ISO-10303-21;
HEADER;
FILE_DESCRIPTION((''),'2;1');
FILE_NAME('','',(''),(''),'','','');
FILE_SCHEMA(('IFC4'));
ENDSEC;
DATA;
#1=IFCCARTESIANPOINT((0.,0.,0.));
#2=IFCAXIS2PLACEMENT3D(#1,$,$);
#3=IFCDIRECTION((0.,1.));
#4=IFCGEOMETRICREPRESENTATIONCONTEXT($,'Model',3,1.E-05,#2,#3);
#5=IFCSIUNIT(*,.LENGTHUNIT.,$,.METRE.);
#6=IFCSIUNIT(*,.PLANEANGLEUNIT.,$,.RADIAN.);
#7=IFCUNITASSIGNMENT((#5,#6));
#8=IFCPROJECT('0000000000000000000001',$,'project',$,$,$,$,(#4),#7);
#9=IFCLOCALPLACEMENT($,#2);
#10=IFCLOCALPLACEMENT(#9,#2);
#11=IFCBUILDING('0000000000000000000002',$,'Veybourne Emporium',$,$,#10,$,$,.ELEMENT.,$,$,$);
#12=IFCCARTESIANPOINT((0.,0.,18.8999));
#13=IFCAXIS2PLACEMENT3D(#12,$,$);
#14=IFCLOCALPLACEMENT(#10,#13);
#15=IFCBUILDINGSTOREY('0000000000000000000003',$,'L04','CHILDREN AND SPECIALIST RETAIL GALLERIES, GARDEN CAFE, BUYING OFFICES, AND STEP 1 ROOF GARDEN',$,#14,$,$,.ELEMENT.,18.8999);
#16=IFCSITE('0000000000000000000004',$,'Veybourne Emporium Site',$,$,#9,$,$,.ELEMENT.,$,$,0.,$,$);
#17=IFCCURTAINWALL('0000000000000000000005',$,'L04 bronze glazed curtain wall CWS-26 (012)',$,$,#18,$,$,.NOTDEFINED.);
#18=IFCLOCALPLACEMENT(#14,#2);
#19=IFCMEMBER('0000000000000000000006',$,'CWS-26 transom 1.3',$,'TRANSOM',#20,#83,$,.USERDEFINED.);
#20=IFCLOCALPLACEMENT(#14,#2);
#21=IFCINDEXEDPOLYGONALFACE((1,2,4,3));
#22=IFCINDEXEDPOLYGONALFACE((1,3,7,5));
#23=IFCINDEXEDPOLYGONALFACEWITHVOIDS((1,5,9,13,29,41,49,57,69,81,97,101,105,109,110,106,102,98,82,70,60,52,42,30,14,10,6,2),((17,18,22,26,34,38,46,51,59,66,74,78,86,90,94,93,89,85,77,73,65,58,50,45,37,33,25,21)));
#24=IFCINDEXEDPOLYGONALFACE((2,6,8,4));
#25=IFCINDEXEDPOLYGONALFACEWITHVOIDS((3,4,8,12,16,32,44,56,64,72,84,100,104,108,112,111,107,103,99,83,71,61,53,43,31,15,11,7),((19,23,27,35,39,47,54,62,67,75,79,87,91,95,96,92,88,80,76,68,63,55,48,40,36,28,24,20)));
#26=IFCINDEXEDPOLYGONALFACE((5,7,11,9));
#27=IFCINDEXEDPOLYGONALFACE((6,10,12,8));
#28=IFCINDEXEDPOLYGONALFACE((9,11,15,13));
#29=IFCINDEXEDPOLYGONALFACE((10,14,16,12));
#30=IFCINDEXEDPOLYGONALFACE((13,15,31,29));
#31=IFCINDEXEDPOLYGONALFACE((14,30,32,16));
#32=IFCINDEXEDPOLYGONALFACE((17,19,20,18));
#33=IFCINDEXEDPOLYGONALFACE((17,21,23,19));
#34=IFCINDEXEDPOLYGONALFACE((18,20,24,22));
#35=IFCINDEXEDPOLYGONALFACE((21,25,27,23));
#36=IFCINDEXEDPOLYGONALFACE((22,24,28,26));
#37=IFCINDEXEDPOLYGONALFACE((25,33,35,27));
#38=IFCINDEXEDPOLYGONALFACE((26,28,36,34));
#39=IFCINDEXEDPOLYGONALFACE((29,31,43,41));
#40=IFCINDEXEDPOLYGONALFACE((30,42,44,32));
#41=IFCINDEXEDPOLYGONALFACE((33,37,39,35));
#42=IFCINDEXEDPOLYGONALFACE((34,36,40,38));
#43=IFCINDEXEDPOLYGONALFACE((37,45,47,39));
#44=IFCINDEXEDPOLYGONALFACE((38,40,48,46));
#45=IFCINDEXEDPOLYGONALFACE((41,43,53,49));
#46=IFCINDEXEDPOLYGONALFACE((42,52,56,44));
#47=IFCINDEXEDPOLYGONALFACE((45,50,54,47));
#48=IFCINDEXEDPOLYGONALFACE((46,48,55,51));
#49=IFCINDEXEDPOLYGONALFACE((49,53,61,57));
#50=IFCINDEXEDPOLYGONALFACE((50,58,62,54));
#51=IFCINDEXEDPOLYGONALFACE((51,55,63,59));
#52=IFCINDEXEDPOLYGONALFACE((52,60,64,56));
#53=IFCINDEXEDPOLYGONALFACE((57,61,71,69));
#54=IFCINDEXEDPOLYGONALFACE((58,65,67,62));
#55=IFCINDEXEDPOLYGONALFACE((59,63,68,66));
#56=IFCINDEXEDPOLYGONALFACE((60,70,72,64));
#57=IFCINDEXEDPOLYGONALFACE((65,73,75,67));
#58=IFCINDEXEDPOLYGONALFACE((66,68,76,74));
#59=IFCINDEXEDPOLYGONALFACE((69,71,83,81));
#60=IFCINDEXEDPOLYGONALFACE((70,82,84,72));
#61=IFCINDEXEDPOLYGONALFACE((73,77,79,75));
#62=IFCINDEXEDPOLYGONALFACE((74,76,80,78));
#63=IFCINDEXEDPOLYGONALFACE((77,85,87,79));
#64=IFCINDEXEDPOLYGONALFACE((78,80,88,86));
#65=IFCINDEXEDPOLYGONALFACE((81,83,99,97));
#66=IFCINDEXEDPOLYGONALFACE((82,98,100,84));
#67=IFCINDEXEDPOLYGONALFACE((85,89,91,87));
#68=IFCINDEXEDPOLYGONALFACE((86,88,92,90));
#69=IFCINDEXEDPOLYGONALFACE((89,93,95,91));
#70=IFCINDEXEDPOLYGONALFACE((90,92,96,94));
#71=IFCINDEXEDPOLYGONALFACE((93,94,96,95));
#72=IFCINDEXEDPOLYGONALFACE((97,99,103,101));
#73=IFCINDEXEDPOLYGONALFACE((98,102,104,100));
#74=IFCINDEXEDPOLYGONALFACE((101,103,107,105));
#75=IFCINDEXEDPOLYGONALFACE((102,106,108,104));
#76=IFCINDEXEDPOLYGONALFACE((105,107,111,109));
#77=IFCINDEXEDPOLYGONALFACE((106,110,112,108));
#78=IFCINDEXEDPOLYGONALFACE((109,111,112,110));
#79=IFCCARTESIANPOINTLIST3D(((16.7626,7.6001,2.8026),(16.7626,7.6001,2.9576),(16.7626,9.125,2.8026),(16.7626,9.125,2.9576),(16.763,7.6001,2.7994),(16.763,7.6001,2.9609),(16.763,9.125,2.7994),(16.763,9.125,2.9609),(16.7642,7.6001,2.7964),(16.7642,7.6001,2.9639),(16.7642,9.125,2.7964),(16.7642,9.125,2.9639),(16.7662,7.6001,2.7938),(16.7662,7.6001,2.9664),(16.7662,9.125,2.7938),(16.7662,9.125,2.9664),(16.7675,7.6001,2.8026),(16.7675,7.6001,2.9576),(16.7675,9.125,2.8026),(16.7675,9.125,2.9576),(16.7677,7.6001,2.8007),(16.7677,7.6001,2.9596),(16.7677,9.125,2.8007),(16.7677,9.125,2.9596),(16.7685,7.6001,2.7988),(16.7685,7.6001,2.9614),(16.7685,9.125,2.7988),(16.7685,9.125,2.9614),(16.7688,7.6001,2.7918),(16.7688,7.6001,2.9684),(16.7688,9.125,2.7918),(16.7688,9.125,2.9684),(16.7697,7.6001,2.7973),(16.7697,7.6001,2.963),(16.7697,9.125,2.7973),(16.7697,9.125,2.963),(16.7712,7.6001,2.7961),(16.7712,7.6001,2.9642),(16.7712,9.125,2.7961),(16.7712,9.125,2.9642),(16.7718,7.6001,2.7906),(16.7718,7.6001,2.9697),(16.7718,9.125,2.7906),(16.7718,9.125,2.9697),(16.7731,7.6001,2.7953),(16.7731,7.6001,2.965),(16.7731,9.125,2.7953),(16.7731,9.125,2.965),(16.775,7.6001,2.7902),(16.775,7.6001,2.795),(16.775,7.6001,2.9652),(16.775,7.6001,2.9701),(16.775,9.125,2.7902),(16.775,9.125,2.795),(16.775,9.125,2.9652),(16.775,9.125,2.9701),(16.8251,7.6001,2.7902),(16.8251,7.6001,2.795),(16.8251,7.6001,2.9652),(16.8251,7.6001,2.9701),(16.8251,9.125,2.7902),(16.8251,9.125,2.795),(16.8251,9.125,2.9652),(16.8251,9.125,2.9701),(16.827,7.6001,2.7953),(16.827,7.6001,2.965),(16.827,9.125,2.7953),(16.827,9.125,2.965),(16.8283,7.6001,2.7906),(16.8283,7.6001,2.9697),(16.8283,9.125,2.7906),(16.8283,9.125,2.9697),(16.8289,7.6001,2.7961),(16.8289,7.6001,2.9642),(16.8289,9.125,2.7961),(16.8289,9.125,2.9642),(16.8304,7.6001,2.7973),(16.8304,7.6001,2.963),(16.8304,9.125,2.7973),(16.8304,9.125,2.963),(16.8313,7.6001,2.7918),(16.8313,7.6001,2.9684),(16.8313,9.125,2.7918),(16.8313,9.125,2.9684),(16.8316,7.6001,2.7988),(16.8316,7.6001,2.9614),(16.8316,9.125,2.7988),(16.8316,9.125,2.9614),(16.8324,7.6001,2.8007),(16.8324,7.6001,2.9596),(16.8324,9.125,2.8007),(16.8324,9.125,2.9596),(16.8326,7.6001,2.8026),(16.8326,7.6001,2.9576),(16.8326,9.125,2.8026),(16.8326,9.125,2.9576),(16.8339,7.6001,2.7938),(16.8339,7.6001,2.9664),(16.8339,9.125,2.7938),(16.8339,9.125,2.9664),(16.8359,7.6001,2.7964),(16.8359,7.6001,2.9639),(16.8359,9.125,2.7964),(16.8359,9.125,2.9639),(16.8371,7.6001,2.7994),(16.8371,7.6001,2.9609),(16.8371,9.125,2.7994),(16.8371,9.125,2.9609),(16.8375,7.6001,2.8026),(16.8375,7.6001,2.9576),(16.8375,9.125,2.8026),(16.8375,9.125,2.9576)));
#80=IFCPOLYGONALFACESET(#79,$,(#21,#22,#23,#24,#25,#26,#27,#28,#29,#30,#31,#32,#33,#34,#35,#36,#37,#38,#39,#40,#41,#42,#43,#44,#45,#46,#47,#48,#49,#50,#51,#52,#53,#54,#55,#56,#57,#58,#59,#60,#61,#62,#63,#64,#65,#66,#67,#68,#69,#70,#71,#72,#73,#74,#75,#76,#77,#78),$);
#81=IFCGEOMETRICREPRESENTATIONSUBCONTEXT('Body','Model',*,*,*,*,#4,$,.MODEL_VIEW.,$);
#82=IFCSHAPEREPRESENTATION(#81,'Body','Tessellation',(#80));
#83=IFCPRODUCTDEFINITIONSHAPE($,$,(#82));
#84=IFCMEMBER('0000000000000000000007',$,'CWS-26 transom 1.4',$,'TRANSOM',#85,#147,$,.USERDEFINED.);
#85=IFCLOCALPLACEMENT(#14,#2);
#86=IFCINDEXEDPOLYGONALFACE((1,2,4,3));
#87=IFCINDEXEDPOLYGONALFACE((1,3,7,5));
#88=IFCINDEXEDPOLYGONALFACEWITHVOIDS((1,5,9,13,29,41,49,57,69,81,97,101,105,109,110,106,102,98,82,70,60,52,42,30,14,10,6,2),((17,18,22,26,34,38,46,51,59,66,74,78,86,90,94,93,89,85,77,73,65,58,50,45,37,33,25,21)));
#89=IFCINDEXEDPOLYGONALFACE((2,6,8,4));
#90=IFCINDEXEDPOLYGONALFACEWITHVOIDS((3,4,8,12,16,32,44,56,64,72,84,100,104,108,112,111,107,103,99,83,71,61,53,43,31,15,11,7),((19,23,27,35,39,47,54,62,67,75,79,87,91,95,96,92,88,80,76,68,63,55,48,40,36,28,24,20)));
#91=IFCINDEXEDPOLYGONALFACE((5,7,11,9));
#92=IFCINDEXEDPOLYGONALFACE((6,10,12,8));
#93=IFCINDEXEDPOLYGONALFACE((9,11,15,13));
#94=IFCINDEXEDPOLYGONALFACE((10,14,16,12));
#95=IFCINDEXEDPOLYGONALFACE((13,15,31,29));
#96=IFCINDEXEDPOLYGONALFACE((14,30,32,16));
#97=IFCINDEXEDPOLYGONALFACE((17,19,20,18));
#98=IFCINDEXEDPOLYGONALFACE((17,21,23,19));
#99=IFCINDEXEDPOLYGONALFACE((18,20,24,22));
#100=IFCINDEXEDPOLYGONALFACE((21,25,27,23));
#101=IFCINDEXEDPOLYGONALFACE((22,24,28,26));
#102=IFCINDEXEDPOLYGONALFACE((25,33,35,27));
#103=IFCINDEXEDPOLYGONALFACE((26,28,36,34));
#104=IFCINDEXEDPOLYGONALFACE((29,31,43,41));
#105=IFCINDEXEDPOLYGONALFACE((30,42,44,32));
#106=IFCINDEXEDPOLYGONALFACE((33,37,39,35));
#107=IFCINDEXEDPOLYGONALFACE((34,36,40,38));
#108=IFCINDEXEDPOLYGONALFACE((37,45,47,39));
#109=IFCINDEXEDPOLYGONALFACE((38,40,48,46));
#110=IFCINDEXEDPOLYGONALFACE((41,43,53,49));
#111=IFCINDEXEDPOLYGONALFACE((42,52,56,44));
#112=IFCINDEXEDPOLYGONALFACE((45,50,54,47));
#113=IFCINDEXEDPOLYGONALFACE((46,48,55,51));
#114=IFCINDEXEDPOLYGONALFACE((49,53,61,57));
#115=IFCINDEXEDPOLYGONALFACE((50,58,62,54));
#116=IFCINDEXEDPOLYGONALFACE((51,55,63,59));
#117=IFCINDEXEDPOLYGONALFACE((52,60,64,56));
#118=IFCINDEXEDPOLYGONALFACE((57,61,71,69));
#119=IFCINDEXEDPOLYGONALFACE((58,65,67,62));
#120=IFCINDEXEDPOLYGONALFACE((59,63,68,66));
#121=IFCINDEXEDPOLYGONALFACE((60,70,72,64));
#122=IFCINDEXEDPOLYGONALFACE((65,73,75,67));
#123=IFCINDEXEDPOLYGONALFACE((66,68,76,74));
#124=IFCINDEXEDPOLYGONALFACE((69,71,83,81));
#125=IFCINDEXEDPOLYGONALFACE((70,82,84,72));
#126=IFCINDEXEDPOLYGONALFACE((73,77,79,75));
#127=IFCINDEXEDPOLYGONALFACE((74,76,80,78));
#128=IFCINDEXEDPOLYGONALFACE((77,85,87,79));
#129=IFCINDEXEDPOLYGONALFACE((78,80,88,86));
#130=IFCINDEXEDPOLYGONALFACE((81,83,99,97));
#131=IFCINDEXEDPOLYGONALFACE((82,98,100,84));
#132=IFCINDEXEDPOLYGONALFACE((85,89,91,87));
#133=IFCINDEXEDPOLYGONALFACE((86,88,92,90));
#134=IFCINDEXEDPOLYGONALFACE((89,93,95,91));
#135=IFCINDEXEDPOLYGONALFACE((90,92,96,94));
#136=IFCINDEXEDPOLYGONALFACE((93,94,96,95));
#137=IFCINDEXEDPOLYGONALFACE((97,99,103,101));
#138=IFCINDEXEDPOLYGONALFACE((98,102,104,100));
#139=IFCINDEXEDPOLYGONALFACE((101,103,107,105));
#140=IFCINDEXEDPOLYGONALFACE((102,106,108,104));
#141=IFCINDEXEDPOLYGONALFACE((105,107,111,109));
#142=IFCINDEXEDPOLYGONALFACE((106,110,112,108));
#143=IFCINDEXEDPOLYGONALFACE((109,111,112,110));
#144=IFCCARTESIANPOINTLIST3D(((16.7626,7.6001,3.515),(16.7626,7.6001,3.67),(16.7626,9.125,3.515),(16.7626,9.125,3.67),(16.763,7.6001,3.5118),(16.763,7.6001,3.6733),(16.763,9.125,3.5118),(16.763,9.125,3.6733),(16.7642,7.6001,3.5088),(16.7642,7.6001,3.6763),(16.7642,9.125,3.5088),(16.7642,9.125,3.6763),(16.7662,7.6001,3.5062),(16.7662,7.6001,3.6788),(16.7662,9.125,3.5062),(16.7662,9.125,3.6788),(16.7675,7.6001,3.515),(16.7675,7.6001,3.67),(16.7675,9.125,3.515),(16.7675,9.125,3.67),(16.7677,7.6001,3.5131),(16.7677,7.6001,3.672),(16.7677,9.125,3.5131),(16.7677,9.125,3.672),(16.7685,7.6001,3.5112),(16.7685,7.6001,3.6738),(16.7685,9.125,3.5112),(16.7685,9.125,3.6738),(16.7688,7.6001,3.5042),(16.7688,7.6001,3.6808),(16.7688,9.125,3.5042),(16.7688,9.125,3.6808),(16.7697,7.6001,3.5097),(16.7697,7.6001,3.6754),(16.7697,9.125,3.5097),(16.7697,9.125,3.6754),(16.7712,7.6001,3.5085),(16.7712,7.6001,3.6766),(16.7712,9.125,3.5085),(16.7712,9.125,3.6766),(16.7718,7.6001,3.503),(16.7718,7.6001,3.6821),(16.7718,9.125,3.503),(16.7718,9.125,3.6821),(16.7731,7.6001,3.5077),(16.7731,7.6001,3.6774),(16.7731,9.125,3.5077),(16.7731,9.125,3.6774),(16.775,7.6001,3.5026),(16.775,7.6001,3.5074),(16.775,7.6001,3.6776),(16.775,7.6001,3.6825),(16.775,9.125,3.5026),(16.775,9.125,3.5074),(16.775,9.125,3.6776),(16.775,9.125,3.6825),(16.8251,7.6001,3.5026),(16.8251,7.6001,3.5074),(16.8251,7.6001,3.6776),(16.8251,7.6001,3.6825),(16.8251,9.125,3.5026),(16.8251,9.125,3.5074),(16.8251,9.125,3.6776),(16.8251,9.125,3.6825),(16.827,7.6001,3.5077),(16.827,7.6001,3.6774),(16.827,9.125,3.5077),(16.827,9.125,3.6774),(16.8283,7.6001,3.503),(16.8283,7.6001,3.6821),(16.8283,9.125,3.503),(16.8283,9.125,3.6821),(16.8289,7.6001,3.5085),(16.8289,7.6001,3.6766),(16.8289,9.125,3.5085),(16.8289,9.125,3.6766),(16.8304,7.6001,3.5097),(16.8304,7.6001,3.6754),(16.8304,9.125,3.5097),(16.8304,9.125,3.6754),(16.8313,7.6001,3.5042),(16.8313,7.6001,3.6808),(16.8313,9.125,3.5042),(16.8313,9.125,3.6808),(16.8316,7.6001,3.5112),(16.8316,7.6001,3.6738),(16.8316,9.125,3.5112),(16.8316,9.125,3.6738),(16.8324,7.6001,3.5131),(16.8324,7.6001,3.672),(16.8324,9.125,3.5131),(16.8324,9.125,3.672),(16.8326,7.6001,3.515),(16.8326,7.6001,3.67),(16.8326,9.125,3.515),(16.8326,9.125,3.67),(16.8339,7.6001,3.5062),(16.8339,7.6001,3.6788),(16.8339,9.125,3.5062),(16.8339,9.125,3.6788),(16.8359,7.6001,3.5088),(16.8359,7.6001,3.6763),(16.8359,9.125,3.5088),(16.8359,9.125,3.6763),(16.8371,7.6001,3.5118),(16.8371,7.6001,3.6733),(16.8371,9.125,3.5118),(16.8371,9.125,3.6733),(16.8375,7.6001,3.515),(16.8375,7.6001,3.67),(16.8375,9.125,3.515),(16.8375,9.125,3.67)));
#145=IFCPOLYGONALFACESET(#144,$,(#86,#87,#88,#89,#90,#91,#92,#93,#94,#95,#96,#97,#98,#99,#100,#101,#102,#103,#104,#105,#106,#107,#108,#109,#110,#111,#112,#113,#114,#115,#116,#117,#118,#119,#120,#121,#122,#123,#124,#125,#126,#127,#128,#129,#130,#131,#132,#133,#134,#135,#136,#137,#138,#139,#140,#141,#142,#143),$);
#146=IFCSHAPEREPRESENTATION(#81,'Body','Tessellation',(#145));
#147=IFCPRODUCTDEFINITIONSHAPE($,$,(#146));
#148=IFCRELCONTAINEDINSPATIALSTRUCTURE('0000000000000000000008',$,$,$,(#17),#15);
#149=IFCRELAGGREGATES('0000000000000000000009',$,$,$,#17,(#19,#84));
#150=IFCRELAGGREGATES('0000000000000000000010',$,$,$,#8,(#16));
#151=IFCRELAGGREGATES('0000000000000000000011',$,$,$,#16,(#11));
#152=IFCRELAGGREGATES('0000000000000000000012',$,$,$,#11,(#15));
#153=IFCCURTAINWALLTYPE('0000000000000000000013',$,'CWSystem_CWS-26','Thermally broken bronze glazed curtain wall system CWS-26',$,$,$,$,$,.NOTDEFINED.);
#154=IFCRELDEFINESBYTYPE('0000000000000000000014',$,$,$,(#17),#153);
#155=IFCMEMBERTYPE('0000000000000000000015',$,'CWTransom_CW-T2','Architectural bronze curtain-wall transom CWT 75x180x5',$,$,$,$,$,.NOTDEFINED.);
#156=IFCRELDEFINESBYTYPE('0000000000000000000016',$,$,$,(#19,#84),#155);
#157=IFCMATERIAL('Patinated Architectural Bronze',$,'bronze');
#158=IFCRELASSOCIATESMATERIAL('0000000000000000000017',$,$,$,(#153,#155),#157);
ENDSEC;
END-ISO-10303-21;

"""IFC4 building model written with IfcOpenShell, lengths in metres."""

from ifc_helpers import new_model, si_unit, direction, frame, origin, origin_2d, place, context, subcontext, project, spatial, hollow_rectangle, extrude, material, material_profile, profile_set, type_object, element, aggregate, save


model = new_model("IFC4")

# Units and contexts
model_context = context("Model", 3, precision=1e-05, world=origin(), true_north=direction((0.0, 1.0)))
body_context = subcontext(model_context, "Body", "Model", "MODEL_VIEW")
ifc_project = project(units=[si_unit("LENGTHUNIT", "METRE"), si_unit("PLANEANGLEUNIT", "RADIAN")], contexts=[model_context])

# Site, building, storey
site_placement = place(None, origin())
site = spatial("IfcSite", under=ifc_project, at=site_placement, Name="Veybourne Emporium Site", CompositionType="ELEMENT", RefElevation=0.0)
building_placement = place(site_placement, origin())
building = spatial("IfcBuilding", under=site, at=building_placement, Name="Veybourne Emporium", CompositionType="ELEMENT")
storey_placement = place(building_placement, frame((0.0, 0.0, 18.8999)))
storey = spatial("IfcBuildingStorey", under=building, at=storey_placement, Name="L04", Description="CHILDREN AND SPECIALIST RETAIL GALLERIES, GARDEN CAFE, BUYING OFFICES, AND STEP 1 ROOF GARDEN", CompositionType="ELEMENT", Elevation=18.8999)

# Curtain wall, members
ifc_material_1 = material(Name="Patinated Architectural Bronze", Category="bronze")
curtain_wall_type = type_object("IfcCurtainWallType", Name="CWSystem_CWS-26", Description="Thermally broken bronze glazed curtain wall system CWS-26", PredefinedType="NOTDEFINED", material=ifc_material_1)
curtain_wall_placement = place(storey_placement, origin())
curtain_wall = element("IfcCurtainWall", 1, at=curtain_wall_placement, inside=storey, type_object=curtain_wall_type, Name="L04 bronze glazed curtain wall CWS-26 (012)", PredefinedType="NOTDEFINED")
ifc_material_profile_1 = material_profile(ifc_material_1, hollow_rectangle(XDim=0.075, YDim=0.1799, WallThickness=0.0049, InnerFilletRadius=0.0076, OuterFilletRadius=0.0125, at=origin_2d()), Name="CWT 75x180x5")
ifc_profile_set_1 = profile_set([ifc_material_profile_1], Name="Patinated Architectural Bronze")
member_type_1 = type_object("IfcMemberType", Name="CWTransom_CW-T2", Description="Architectural bronze curtain-wall transom CWT 75x180x5", PredefinedType="NOTDEFINED", material=ifc_profile_set_1)
member_1_placement = place(storey_placement, frame((16.8, 7.6001, 2.8801), z_axis=(0.0, 1.0, 0.0), x_axis=(-1.0, 0.0, 0.0)))
member_1 = element("IfcMember", 2, at=member_1_placement, type_object=member_type_1, Name="CWS-26 transom 1.3", ObjectType="TRANSOM", PredefinedType="USERDEFINED", context=body_context, shape_type="SweptSolid", body=[
    extrude(hollow_rectangle(XDim=0.075, YDim=0.1799, WallThickness=0.0049, InnerFilletRadius=0.0076, OuterFilletRadius=0.0125, at=origin_2d()), origin(), (0.0, 0.0, 1.0), 1.5249),
])
member_2_placement = place(storey_placement, frame((16.8, 7.6001, 3.5925), z_axis=(0.0, 1.0, 0.0), x_axis=(-1.0, 0.0, 0.0)))
member_2 = element("IfcMember", 3, at=member_2_placement, type_object=member_type_1, Name="CWS-26 transom 1.4", ObjectType="TRANSOM", PredefinedType="USERDEFINED", context=body_context, shape_type="SweptSolid", body=[
    extrude(hollow_rectangle(XDim=0.075, YDim=0.1799, WallThickness=0.0049, InnerFilletRadius=0.0076, OuterFilletRadius=0.0125, at=origin_2d()), origin(), (0.0, 0.0, 1.0), 1.5249),
])

aggregate(curtain_wall, [member_1, member_2])

save(model, "model.ifc")
